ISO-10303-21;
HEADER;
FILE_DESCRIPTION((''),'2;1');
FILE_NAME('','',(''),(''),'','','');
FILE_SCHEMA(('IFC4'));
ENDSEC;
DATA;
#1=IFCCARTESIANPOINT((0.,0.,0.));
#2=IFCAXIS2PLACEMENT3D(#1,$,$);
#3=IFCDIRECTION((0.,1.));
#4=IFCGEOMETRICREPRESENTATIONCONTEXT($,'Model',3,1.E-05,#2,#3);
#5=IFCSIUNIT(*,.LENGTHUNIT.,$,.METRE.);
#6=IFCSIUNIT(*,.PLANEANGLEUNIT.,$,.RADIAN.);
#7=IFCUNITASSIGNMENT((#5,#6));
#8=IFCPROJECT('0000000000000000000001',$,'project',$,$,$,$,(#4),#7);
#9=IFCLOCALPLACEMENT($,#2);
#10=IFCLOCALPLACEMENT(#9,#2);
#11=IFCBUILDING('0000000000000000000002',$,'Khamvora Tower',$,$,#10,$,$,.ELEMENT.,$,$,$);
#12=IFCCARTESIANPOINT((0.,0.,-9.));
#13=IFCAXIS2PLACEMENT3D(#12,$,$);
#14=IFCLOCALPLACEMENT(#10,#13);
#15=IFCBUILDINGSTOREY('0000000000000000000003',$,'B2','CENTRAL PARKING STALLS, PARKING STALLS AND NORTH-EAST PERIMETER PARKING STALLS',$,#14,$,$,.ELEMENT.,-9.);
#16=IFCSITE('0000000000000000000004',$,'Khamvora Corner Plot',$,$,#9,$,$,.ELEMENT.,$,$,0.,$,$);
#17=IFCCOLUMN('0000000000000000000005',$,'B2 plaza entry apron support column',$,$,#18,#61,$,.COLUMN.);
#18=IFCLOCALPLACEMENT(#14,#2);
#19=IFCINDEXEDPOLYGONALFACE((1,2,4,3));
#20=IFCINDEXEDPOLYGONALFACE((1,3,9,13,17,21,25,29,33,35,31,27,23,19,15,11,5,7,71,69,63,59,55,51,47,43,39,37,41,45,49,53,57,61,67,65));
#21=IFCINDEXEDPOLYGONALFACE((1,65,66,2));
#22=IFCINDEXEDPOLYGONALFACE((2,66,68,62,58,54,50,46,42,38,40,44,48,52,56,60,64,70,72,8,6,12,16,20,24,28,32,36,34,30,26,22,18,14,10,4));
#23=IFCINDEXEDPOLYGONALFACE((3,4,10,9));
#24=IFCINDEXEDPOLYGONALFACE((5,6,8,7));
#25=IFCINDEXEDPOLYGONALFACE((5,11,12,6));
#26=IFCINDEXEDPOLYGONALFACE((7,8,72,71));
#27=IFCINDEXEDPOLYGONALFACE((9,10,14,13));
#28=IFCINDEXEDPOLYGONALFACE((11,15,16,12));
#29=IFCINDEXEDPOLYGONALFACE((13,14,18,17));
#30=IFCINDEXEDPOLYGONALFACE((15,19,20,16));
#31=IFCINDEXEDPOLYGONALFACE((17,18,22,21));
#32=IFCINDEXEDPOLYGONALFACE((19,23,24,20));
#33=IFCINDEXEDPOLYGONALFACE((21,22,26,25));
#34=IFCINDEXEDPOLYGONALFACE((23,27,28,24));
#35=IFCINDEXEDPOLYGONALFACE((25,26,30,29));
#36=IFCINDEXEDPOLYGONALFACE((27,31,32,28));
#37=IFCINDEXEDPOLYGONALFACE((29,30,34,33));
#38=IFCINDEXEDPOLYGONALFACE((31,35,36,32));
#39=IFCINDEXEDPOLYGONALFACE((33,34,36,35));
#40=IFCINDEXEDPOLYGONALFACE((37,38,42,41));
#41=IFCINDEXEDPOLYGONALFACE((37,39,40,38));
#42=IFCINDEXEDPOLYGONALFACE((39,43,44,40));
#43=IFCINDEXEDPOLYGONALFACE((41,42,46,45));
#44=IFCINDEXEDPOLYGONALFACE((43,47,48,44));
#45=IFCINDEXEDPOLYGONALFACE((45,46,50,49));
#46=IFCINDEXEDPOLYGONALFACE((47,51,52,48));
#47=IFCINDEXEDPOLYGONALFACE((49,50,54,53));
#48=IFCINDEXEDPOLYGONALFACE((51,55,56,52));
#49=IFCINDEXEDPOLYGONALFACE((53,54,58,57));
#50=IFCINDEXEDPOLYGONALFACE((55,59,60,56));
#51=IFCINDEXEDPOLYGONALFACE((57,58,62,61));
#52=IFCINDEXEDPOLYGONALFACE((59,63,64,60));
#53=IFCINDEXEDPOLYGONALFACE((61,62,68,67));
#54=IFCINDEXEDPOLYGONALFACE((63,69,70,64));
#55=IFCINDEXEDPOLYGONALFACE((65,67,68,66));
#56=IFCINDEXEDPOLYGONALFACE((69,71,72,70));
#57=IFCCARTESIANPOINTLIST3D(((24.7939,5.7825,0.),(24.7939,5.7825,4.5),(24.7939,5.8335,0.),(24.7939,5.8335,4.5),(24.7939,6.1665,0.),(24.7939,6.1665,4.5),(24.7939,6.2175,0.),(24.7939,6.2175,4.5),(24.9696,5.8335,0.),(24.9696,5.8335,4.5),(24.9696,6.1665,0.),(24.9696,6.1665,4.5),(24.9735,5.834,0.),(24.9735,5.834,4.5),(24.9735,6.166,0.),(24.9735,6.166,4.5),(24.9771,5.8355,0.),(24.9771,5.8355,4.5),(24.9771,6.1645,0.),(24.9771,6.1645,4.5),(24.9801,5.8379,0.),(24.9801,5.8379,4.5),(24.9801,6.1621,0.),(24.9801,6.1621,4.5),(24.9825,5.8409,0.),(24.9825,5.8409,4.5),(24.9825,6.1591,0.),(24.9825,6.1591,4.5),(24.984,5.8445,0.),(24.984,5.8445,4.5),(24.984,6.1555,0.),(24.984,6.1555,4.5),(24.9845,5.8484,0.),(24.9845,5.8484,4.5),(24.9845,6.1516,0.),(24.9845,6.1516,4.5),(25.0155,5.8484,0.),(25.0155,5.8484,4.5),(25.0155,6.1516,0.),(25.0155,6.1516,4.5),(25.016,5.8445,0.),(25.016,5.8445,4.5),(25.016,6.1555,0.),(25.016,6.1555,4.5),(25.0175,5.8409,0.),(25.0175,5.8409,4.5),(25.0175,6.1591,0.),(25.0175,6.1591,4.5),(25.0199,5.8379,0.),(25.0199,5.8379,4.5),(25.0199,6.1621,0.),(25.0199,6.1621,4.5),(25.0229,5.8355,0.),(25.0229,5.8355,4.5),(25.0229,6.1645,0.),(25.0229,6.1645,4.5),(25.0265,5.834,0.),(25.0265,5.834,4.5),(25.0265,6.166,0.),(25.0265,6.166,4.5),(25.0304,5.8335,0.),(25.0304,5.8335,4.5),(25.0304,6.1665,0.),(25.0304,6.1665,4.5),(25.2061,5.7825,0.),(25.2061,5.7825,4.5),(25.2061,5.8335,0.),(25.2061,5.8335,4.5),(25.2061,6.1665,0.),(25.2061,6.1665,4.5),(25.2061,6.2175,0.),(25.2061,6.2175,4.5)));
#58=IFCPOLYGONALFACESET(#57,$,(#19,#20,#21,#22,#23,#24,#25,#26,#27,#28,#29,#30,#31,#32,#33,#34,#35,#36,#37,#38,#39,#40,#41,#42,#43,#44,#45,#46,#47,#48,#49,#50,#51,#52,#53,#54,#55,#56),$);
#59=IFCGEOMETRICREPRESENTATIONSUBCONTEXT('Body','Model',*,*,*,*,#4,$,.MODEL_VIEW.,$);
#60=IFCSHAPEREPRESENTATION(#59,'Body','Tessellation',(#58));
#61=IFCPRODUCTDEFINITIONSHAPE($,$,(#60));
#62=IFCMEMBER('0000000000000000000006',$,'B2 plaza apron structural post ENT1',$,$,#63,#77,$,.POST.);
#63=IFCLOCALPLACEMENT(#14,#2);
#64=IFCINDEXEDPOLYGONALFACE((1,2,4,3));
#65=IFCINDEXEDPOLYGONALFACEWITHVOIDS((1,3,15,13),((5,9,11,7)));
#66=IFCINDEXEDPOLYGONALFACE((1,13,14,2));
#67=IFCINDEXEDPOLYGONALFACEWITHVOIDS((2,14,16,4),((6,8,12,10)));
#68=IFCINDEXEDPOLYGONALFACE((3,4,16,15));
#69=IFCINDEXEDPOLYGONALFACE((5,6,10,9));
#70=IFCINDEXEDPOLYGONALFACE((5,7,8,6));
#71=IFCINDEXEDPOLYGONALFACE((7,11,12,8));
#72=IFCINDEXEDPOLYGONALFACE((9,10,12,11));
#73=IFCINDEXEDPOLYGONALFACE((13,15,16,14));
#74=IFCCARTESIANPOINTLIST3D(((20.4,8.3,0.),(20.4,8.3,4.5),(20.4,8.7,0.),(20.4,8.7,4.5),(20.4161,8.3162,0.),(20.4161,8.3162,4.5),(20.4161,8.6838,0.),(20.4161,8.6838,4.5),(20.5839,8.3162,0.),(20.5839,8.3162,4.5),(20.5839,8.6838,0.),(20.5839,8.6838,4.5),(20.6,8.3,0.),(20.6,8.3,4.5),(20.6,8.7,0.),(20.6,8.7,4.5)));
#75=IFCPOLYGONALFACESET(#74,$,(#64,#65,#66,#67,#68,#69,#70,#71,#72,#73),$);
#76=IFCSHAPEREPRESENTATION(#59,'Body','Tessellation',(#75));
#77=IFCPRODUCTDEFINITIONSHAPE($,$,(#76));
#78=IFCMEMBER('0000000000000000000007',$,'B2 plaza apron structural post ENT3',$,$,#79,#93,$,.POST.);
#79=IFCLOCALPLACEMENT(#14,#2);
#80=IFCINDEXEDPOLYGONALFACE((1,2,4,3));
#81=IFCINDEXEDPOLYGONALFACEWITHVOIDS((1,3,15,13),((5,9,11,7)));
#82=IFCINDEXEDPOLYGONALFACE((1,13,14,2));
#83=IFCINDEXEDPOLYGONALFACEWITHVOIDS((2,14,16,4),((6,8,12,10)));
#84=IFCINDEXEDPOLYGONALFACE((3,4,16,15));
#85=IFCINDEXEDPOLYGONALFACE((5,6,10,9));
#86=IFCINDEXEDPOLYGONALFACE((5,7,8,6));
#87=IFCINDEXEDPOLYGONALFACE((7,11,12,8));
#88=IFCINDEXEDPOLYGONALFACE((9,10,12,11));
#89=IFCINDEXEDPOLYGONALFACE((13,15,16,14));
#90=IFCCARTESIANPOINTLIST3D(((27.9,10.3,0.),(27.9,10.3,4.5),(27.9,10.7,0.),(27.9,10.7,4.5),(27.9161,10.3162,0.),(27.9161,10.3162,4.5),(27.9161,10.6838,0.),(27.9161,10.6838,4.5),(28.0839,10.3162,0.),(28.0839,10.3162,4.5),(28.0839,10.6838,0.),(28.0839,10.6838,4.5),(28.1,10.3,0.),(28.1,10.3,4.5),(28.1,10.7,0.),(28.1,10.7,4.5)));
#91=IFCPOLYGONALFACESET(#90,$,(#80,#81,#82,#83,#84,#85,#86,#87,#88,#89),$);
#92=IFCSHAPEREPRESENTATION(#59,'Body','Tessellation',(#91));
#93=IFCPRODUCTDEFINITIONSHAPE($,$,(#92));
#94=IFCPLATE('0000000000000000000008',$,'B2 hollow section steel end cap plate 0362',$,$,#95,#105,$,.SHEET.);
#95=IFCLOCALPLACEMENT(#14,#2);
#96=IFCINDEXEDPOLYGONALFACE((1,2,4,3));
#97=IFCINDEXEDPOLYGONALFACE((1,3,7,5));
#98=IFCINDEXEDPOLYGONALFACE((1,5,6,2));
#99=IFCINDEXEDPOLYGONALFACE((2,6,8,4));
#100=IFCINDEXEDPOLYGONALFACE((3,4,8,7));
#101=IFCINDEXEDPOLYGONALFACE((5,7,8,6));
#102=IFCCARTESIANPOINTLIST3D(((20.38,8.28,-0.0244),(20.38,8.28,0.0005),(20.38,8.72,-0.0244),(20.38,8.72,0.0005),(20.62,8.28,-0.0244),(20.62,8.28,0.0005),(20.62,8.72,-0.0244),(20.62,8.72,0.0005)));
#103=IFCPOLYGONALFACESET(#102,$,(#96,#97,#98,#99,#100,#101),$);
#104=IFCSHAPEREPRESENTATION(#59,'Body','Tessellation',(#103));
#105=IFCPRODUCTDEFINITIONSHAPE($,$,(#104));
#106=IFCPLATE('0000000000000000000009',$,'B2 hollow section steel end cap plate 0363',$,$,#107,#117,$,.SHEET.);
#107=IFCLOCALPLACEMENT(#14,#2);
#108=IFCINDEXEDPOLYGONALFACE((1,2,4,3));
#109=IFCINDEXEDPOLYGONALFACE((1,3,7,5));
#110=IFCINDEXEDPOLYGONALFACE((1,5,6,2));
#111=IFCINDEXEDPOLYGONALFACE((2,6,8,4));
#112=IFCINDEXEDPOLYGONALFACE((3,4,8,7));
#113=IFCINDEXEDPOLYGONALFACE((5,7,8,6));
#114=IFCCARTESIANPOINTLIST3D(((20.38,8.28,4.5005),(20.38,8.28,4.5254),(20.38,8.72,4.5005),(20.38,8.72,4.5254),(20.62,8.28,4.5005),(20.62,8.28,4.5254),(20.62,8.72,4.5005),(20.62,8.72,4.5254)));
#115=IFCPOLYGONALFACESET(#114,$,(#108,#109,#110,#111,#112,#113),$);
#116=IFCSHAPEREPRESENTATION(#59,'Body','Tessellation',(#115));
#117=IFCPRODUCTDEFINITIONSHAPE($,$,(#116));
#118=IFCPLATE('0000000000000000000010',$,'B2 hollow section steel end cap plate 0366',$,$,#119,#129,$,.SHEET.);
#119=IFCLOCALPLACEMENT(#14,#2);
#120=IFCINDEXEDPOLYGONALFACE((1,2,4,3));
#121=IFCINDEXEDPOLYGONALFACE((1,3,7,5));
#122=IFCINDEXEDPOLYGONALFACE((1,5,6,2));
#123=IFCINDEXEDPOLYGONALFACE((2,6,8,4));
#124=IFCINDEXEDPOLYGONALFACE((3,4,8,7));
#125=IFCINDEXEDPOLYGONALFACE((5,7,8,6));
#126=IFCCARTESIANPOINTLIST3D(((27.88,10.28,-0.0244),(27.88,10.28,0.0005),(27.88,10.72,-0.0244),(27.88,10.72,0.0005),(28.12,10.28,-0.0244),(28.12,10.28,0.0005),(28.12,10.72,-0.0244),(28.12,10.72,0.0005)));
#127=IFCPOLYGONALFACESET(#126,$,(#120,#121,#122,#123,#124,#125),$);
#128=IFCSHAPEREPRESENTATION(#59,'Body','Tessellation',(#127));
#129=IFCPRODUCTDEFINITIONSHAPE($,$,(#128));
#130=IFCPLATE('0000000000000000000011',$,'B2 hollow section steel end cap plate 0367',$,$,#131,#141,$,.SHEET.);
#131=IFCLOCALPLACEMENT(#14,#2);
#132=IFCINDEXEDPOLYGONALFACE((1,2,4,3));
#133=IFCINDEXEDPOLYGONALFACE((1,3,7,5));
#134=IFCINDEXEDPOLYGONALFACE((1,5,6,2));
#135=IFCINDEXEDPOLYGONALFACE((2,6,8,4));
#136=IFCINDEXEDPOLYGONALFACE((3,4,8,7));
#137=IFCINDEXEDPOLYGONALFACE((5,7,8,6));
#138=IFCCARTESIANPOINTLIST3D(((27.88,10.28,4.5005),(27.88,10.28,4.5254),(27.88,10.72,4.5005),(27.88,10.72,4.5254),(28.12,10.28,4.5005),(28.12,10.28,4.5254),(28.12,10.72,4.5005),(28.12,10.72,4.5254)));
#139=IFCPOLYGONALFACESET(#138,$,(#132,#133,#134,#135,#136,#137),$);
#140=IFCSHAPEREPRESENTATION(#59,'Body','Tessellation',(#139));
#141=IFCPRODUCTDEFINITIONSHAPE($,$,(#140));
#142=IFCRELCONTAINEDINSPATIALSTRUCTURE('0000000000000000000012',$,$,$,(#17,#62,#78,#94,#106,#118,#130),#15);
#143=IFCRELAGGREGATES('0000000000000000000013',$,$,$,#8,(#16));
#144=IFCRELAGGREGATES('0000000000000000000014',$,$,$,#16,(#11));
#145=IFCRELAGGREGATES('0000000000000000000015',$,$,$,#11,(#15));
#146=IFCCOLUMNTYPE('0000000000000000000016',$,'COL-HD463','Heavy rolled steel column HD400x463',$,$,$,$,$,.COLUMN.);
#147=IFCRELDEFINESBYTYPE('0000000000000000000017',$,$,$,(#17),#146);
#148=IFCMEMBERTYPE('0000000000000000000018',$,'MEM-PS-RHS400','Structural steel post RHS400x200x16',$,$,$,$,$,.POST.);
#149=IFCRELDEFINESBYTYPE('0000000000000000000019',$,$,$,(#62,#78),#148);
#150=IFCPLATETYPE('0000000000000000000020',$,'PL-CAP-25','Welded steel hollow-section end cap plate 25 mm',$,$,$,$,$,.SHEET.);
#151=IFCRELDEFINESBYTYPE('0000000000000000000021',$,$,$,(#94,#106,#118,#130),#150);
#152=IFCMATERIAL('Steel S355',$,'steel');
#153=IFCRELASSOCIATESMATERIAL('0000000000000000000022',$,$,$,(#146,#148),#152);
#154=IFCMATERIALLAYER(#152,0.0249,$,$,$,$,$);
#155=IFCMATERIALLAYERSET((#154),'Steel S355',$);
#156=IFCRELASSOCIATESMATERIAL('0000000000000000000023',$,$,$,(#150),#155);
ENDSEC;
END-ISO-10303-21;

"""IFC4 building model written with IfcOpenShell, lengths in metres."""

from ifc_helpers import new_model, si_unit, direction, frame, origin, origin_2d, place, context, subcontext, project, spatial, rectangle, hollow_rectangle, i_section, extrude, material, layer, layer_set, material_profile, profile_set, type_object, element, save


model = new_model("IFC4")

# Units and contexts
model_context = context("Model", 3, precision=1e-05, world=origin(), true_north=direction((0.0, 1.0)))
body_context = subcontext(model_context, "Body", "Model", "MODEL_VIEW")
ifc_project = project(units=[si_unit("LENGTHUNIT", "METRE"), si_unit("PLANEANGLEUNIT", "RADIAN")], contexts=[model_context])

# Site, building, storey
site_placement = place(None, origin())
site = spatial("IfcSite", under=ifc_project, at=site_placement, Name="Khamvora Corner Plot", CompositionType="ELEMENT", RefElevation=0.0)
building_placement = place(site_placement, origin())
building = spatial("IfcBuilding", under=site, at=building_placement, Name="Khamvora Tower", CompositionType="ELEMENT")
storey_placement = place(building_placement, frame((0.0, 0.0, -9.0)))
storey = spatial("IfcBuildingStorey", under=building, at=storey_placement, Name="B2", Description="CENTRAL PARKING STALLS, PARKING STALLS AND NORTH-EAST PERIMETER PARKING STALLS", CompositionType="ELEMENT", Elevation=-9.0)

# Column
ifc_material_1 = material(Name="Steel S355", Category="steel")
ifc_material_profile_1 = material_profile(ifc_material_1, i_section(OverallWidth=0.4121, OverallDepth=0.4351, WebThickness=0.031, FlangeThickness=0.051, FilletRadius=0.0149, at=origin_2d()), Name="HD400x463")
ifc_profile_set_1 = profile_set([ifc_material_profile_1], Name="Steel S355")
column_type_1 = type_object("IfcColumnType", Name="COL-HD463", Description="Heavy rolled steel column HD400x463", PredefinedType="COLUMN", material=ifc_profile_set_1)
column_placement = place(storey_placement, frame((25.0, 6.0, 0.0), z_axis=(0.0, 0.0, 1.0), x_axis=(1.0, 0.0, 0.0)))
element("IfcColumn", 1, at=column_placement, inside=storey, type_object=column_type_1, Name="B2 plaza entry apron support column", PredefinedType="COLUMN", context=body_context, shape_type="SweptSolid", body=[
    extrude(i_section(OverallWidth=0.4121, OverallDepth=0.4351, WebThickness=0.031, FlangeThickness=0.051, FilletRadius=0.0149, at=origin_2d()), origin(), (0.0, 0.0, 1.0), 4.5),
])

# Members
ifc_material_profile_2 = material_profile(ifc_material_1, hollow_rectangle(XDim=0.2, YDim=0.3999, WallThickness=0.0161, at=origin_2d()), Name="RHS400x200x16")
ifc_profile_set_2 = profile_set([ifc_material_profile_2], Name="Steel S355")
member_type = type_object("IfcMemberType", Name="MEM-PS-RHS400", Description="Structural steel post RHS400x200x16", PredefinedType="POST", material=ifc_profile_set_2)
for number, where, z_axis, x_axis, name in (
    (2, (20.5, 8.5, 0.0), (0.0, 0.0, 1.0), (1.0, 0.0, 0.0), "B2 plaza apron structural post ENT1"),
    (3, (28.0, 10.5, 0.0), (0.0, 0.0, 1.0), (1.0, 0.0, 0.0), "B2 plaza apron structural post ENT3"),
):
    element("IfcMember", number, at=place(storey_placement, frame(where, z_axis=z_axis, x_axis=x_axis)), inside=storey, type_object=member_type, Name=name, PredefinedType="POST", context=body_context, shape_type="SweptSolid", body=[
        extrude(hollow_rectangle(XDim=0.2, YDim=0.3999, WallThickness=0.0161, at=origin_2d()), origin(), (0.0, 0.0, 1.0), 4.5),
    ])

# Plates
ifc_layer = layer(ifc_material_1, 0.0249)
ifc_layer_set = layer_set([ifc_layer], Name="Steel S355")
plate_type = type_object("IfcPlateType", Name="PL-CAP-25", Description="Welded steel hollow-section end cap plate 25 mm", PredefinedType="SHEET", material=ifc_layer_set)
for number, where, z_axis, x_axis, name in (
    (4, (20.5, 8.5, -0.0244), (0.0, 0.0, 1.0), (1.0, 0.0, 0.0), "B2 hollow section steel end cap plate 0362"),
    (5, (20.5, 8.5, 4.5005), (0.0, 0.0, 1.0), (1.0, 0.0, 0.0), "B2 hollow section steel end cap plate 0363"),
    (6, (28.0, 10.5, -0.0244), (0.0, 0.0, 1.0), (1.0, 0.0, 0.0), "B2 hollow section steel end cap plate 0366"),
    (7, (28.0, 10.5, 4.5005), (0.0, 0.0, 1.0), (1.0, 0.0, 0.0), "B2 hollow section steel end cap plate 0367"),
):
    element("IfcPlate", number, at=place(storey_placement, frame(where, z_axis=z_axis, x_axis=x_axis)), inside=storey, type_object=plate_type, Name=name, PredefinedType="SHEET", context=body_context, shape_type="SweptSolid", body=[
        extrude(rectangle(XDim=0.24, YDim=0.4399, at=origin_2d()), origin(), (0.0, 0.0, 1.0), 0.0249),
    ])

save(model, "model.ifc")
